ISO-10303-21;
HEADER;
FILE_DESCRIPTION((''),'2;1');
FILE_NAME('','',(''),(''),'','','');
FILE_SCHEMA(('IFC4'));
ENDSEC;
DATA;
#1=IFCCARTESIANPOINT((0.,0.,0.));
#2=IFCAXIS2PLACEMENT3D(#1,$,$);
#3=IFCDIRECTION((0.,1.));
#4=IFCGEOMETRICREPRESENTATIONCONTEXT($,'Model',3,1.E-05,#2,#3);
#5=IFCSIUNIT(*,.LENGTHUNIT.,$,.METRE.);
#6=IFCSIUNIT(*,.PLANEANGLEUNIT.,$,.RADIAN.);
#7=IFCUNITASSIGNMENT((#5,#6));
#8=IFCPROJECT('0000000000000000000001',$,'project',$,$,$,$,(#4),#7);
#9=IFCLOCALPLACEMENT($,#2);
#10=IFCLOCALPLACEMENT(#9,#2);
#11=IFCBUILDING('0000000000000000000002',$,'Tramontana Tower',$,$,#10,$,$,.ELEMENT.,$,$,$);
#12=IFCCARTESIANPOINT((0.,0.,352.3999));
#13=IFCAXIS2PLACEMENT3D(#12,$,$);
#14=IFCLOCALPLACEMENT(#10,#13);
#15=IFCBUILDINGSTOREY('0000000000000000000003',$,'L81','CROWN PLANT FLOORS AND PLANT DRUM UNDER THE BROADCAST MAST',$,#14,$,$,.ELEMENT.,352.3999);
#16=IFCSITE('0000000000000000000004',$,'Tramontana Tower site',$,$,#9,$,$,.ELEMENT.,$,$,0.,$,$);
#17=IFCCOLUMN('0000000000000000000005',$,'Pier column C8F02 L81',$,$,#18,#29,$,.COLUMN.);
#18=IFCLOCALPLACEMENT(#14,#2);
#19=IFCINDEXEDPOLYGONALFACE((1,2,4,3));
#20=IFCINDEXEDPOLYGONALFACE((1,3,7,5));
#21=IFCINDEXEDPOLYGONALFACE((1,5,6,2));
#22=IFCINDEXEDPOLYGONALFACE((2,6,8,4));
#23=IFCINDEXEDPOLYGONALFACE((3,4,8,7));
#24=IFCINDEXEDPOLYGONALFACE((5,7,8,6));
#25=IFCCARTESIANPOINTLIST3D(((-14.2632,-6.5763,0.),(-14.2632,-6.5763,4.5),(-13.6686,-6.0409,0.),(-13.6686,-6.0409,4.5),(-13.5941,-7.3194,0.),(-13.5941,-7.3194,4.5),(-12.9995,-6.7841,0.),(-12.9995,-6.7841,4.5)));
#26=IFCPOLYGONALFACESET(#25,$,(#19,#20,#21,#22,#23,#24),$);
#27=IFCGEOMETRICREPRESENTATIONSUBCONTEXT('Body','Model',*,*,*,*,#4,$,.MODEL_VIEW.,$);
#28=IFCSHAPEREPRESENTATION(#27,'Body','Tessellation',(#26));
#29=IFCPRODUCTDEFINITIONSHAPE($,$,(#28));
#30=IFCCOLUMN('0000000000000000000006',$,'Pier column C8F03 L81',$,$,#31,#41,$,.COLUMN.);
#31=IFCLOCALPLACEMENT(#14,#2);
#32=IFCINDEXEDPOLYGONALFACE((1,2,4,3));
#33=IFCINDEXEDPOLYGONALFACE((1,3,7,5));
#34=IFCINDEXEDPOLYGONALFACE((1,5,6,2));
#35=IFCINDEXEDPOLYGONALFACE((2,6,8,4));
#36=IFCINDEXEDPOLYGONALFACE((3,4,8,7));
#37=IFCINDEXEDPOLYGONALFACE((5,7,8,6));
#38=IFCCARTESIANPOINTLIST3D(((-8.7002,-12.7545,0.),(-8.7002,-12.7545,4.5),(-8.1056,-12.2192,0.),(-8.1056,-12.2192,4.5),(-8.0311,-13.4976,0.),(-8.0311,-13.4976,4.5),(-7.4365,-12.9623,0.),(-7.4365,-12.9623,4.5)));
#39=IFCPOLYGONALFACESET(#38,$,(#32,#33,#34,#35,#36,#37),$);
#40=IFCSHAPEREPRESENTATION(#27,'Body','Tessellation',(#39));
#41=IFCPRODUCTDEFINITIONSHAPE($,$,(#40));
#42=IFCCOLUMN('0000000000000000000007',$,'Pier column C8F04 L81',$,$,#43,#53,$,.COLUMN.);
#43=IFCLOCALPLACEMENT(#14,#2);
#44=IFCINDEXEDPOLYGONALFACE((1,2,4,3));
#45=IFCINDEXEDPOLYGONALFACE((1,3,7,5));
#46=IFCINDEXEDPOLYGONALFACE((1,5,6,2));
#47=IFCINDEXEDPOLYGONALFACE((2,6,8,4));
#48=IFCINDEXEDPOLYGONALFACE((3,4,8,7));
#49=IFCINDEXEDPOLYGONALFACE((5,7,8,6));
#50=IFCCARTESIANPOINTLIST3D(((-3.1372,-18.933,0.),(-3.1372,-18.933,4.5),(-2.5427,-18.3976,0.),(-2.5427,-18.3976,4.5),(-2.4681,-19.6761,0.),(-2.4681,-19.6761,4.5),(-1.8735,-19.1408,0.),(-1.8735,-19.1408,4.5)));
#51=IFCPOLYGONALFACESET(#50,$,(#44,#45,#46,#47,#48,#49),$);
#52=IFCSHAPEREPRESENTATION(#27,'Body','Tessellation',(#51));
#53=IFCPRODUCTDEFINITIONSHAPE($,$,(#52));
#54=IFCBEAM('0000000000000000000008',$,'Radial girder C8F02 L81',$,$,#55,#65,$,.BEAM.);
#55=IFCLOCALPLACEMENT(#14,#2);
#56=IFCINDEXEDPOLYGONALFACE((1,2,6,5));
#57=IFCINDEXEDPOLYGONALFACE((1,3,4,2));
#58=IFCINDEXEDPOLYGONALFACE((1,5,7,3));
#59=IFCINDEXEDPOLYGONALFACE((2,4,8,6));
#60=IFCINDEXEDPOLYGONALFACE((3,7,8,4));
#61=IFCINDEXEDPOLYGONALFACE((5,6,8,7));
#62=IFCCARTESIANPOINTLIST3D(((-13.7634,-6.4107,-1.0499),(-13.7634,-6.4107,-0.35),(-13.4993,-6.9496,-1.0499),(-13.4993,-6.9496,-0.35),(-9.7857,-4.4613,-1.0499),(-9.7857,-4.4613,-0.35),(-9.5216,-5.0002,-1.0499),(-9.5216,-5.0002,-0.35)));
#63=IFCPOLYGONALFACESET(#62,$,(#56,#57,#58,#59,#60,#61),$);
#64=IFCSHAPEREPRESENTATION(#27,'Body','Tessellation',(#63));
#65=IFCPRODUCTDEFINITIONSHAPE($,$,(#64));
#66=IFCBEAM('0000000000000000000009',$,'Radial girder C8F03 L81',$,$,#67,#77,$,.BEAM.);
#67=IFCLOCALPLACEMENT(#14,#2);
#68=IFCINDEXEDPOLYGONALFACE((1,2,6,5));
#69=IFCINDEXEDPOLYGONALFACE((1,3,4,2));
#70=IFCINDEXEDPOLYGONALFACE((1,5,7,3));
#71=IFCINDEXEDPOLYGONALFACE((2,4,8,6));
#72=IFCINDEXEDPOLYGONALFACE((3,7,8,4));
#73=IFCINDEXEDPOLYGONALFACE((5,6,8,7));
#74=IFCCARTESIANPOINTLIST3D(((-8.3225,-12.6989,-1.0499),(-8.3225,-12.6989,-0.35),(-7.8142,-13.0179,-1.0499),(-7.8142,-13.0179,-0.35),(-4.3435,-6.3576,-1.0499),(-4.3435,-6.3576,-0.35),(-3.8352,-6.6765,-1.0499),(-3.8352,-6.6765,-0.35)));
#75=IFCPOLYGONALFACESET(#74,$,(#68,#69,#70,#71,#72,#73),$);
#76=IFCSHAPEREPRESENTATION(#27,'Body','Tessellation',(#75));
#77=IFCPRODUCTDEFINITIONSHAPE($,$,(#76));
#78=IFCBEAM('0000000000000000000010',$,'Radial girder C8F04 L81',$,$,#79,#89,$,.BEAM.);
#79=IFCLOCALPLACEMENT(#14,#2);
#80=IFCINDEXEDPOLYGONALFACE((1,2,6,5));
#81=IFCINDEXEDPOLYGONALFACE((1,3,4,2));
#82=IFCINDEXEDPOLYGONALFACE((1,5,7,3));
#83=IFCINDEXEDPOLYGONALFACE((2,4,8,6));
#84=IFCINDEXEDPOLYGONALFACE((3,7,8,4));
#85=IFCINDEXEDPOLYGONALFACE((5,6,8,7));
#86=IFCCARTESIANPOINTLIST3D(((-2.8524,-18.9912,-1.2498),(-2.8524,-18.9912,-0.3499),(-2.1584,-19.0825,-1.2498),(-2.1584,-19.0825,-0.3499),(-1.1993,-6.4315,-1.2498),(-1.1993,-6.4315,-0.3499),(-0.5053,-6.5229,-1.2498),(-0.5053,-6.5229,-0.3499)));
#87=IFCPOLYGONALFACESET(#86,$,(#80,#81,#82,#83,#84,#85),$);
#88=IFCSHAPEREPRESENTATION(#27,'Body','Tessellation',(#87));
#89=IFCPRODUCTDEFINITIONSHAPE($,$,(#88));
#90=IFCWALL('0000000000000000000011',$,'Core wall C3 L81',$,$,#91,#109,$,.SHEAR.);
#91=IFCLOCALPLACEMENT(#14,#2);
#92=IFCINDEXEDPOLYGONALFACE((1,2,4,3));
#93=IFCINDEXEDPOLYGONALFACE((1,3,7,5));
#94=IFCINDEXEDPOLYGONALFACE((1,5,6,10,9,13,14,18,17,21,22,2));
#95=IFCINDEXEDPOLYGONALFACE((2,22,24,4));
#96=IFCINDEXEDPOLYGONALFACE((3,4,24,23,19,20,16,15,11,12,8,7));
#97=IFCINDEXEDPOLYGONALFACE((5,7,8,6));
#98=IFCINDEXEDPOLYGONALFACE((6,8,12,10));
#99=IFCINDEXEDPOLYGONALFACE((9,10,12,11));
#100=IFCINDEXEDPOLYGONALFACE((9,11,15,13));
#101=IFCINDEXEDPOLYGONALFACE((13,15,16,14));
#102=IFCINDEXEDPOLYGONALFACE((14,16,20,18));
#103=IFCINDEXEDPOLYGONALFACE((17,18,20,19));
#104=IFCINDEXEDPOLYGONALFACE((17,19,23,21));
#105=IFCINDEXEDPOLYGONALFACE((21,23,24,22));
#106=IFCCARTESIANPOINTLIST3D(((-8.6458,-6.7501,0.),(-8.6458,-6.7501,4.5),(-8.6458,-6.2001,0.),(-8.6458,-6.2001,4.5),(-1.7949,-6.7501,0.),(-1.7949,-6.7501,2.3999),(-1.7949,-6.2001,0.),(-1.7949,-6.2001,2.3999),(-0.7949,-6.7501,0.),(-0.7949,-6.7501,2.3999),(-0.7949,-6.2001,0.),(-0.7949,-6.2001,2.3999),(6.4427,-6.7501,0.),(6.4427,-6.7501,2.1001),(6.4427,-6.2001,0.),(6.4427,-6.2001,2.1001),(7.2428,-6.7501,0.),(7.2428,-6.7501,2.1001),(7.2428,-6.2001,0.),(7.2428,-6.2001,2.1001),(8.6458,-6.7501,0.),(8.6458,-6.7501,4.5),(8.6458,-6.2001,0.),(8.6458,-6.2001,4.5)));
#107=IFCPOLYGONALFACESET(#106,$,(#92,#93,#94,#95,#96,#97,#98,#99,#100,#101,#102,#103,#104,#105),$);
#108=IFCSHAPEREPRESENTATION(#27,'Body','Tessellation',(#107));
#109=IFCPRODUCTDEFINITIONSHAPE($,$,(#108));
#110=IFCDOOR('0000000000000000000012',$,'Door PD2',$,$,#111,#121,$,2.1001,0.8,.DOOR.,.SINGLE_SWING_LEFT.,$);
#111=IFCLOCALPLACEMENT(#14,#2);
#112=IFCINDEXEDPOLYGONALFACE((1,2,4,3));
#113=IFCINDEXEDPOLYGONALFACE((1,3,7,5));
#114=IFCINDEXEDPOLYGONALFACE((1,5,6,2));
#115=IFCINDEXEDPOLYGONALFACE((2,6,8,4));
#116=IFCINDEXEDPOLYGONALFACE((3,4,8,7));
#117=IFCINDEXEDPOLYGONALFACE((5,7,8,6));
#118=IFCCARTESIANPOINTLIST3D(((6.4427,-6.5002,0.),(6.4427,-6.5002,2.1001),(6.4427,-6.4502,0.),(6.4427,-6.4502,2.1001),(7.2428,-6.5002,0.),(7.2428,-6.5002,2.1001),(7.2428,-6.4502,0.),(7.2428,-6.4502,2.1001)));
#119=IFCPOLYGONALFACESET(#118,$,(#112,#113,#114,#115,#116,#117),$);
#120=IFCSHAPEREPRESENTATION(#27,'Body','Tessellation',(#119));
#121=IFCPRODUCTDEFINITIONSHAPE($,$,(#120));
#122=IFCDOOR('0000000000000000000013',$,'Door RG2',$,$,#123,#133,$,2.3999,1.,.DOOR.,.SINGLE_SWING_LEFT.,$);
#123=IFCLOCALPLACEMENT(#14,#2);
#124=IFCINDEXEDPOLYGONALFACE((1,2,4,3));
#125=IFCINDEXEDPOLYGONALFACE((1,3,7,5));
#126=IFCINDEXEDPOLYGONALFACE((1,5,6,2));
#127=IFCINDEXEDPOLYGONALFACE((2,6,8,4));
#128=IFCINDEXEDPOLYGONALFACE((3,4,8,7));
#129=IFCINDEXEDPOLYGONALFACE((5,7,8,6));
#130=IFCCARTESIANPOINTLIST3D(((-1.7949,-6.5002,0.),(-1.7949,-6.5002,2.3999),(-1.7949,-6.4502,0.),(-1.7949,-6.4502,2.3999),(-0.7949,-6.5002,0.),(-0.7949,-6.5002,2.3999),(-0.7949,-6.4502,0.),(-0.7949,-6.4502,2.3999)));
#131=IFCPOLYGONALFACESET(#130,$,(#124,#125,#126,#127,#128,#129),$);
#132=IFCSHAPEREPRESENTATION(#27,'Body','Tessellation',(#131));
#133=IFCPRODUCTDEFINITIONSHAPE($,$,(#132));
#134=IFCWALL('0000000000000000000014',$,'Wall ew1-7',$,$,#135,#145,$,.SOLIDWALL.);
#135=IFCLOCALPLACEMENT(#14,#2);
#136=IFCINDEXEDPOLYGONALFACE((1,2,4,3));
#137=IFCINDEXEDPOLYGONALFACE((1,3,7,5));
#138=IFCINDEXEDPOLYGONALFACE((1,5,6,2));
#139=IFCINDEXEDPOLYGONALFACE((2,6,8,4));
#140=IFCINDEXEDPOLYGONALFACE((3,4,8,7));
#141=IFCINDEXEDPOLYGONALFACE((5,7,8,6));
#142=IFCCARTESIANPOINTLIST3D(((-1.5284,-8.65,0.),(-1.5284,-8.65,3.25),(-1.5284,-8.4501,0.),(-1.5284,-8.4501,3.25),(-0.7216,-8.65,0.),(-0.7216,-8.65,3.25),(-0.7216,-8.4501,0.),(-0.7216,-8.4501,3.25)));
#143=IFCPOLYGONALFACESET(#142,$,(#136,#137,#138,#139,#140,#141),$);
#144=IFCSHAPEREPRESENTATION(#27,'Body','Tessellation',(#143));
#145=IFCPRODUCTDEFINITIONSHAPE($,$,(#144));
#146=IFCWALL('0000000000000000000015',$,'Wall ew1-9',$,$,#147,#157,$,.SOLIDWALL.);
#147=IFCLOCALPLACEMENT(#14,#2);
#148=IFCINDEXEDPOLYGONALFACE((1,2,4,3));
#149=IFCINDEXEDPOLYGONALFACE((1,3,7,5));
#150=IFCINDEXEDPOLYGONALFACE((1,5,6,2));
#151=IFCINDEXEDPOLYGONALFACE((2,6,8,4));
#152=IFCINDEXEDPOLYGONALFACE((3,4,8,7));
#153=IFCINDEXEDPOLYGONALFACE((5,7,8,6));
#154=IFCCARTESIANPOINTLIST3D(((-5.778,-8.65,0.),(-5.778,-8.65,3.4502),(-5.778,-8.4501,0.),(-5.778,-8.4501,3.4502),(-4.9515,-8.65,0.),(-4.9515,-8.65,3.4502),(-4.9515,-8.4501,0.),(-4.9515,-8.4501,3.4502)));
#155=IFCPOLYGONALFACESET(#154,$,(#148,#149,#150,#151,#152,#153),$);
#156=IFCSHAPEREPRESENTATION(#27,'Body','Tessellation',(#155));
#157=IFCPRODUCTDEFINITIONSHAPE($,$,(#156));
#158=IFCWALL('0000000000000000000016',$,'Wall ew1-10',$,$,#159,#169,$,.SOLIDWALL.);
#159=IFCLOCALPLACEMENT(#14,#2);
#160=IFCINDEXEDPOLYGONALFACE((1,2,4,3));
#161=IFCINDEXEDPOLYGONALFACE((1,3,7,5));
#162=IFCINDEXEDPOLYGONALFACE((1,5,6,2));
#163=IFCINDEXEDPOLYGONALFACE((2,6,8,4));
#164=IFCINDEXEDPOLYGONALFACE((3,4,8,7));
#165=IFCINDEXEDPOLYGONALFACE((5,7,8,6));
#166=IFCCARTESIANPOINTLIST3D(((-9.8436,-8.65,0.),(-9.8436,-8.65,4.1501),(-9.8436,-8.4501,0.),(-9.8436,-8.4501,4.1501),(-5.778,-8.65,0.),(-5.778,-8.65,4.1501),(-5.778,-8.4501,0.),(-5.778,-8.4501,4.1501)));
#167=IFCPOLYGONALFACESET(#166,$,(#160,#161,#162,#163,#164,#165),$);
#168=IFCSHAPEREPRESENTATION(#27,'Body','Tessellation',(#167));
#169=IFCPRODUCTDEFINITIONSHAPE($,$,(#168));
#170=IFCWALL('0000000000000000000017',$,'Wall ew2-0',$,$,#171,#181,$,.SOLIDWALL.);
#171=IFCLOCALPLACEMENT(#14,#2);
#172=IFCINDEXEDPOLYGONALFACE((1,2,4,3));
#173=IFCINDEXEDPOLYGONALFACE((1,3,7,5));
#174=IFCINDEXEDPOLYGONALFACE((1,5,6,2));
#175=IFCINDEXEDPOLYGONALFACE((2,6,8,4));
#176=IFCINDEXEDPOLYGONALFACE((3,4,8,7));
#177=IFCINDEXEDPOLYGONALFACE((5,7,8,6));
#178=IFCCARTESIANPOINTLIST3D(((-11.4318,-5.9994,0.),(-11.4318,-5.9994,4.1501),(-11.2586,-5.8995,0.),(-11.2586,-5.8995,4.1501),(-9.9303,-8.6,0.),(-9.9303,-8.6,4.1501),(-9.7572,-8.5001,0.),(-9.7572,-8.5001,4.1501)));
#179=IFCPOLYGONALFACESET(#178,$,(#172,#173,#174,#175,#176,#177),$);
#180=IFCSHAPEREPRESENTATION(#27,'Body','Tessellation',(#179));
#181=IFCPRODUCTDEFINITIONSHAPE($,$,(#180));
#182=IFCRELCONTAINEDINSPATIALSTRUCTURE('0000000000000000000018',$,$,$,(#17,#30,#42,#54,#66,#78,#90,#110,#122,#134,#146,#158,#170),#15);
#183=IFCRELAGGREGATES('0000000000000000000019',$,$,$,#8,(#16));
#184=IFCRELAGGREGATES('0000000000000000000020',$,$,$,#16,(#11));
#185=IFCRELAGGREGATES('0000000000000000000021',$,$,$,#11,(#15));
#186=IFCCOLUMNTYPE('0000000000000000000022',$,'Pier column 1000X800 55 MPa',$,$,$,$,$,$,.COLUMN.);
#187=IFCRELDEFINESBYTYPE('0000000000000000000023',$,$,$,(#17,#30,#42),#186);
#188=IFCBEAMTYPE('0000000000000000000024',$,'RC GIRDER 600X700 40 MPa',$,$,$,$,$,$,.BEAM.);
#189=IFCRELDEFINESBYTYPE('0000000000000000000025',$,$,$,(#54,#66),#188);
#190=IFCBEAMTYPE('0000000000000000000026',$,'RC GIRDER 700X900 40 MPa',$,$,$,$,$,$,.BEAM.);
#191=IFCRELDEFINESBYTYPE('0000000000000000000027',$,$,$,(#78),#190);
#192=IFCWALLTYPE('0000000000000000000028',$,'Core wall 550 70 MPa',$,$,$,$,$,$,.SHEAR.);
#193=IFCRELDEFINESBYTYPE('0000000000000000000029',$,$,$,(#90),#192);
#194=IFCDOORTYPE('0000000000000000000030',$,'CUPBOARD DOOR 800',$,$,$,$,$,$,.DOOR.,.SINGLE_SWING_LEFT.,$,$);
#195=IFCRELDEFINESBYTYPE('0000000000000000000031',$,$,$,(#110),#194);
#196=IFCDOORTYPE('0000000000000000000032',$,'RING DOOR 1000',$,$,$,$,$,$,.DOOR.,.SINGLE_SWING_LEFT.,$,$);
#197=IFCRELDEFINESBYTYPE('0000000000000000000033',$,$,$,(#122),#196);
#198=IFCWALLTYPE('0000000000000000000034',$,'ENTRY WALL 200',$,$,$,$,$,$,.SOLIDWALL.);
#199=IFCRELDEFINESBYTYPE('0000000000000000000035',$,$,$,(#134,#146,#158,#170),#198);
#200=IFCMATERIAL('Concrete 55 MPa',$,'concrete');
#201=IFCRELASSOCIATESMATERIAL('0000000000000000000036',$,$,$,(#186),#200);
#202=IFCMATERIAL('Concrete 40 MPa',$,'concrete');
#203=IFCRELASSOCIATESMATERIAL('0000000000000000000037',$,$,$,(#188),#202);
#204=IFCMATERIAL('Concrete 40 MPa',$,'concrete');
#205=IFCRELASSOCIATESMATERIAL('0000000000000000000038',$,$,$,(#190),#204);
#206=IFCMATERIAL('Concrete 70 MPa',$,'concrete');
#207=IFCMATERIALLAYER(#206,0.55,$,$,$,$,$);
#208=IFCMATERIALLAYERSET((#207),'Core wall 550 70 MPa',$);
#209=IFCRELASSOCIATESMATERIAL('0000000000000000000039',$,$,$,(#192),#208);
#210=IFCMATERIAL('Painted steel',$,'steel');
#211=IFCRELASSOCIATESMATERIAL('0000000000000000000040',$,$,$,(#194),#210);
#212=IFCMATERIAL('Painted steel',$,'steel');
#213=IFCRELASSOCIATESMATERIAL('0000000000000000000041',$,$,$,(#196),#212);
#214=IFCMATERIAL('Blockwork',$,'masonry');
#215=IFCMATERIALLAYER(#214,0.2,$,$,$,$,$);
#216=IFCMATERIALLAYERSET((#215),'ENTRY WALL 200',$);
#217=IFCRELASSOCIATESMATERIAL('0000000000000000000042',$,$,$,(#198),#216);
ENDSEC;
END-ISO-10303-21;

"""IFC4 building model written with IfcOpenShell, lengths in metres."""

from ifc_helpers import new_model, si_unit, direction, frame, frame_2d, origin, origin_2d, place, context, subcontext, project, spatial, rectangle, extrude, material, layer, layer_set, material_profile, profile_set, type_object, element, fill, save


model = new_model("IFC4")

# Units and contexts
model_context = context("Model", 3, precision=1e-05, world=origin(), true_north=direction((0.0, 1.0)))
body_context = subcontext(model_context, "Body", "Model", "MODEL_VIEW")
ifc_project = project(units=[si_unit("LENGTHUNIT", "METRE"), si_unit("PLANEANGLEUNIT", "RADIAN")], contexts=[model_context])

# Site, building, storey
site_placement = place(None, origin())
site = spatial("IfcSite", under=ifc_project, at=site_placement, Name="Tramontana Tower site", CompositionType="ELEMENT", RefElevation=0.0)
building_placement = place(site_placement, origin())
building = spatial("IfcBuilding", under=site, at=building_placement, Name="Tramontana Tower", CompositionType="ELEMENT")
storey_placement = place(building_placement, frame((0.0, 0.0, 352.3999)))
storey = spatial("IfcBuildingStorey", under=building, at=storey_placement, Name="L81", Description="CROWN PLANT FLOORS AND PLANT DRUM UNDER THE BROADCAST MAST", CompositionType="ELEMENT", Elevation=352.3999)

# Columns
ifc_material_1 = material(Name="Concrete 55 MPa", Category="concrete")
ifc_material_profile_1 = material_profile(ifc_material_1, rectangle(XDim=1.0, YDim=0.8, at=origin_2d()), Name="Pier column 1000X800 55 MPa")
ifc_profile_set_1 = profile_set([ifc_material_profile_1], Name="Concrete 55 MPa")
column_type = type_object("IfcColumnType", Name="Pier column 1000X800 55 MPa", PredefinedType="COLUMN", material=ifc_profile_set_1)
for number, where, z_axis, x_axis, name in (
    (1, (-13.6313, -6.6802, 0.0), (0.0, 0.0, 1.0), (0.669131, -0.743145, 0.0), "Pier column C8F02 L81"),
    (2, (-8.0684, -12.8584, 0.0), (0.0, 0.0, 1.0), (0.669131, -0.743145, 0.0), "Pier column C8F03 L81"),
    (3, (-2.5054, -19.0369, 0.0), (0.0, 0.0, 1.0), (0.669131, -0.743145, 0.0), "Pier column C8F04 L81"),
):
    element("IfcColumn", number, at=place(storey_placement, frame(where, z_axis=z_axis, x_axis=x_axis)), inside=storey, type_object=column_type, Name=name, PredefinedType="COLUMN", context=body_context, shape_type="SweptSolid", body=[
        extrude(rectangle(XDim=1.0, YDim=0.8, at=origin_2d()), origin(), (0.0, 0.0, 1.0), 4.5),
    ])

# Beams
ifc_material_2 = material(Name="Concrete 40 MPa", Category="concrete")
ifc_material_profile_2 = material_profile(ifc_material_2, rectangle(XDim=0.6001, YDim=0.7, at=origin_2d()), Name="RC GIRDER 600X700 40 MPa")
ifc_profile_set_2 = profile_set([ifc_material_profile_2], Name="Concrete 40 MPa")
beam_type_1 = type_object("IfcBeamType", Name="RC GIRDER 600X700 40 MPa", PredefinedType="BEAM", material=ifc_profile_set_2)
beam_1_placement = place(storey_placement, frame((-13.6313, -6.6802, -0.7), z_axis=(0.897959, 0.440079, 0.0), x_axis=(-0.440079, 0.897959, 0.0)))
element("IfcBeam", 4, at=beam_1_placement, inside=storey, type_object=beam_type_1, Name="Radial girder C8F02 L81", PredefinedType="BEAM", context=body_context, shape_type="SweptSolid", body=[
    extrude(rectangle(XDim=0.6001, YDim=0.7, at=origin_2d()), origin(), (0.0, 0.0, 1.0), 4.4297),
])
beam_2_placement = place(storey_placement, frame((-8.0684, -12.8584, -0.7), z_axis=(0.531505, 0.847055, 0.0), x_axis=(-0.847055, 0.531505, 0.0)))
element("IfcBeam", 5, at=beam_2_placement, inside=storey, type_object=beam_type_1, Name="Radial girder C8F03 L81", PredefinedType="BEAM", context=body_context, shape_type="SweptSolid", body=[
    extrude(rectangle(XDim=0.6001, YDim=0.7, at=origin_2d()), origin(), (0.0, 0.0, 1.0), 7.4863),
])
ifc_material_3 = material(Name="Concrete 40 MPa", Category="concrete")
ifc_material_profile_3 = material_profile(ifc_material_3, rectangle(XDim=0.7, YDim=0.8999, at=origin_2d()), Name="RC GIRDER 700X900 40 MPa")
ifc_profile_set_3 = profile_set([ifc_material_profile_3], Name="Concrete 40 MPa")
beam_type_2 = type_object("IfcBeamType", Name="RC GIRDER 700X900 40 MPa", PredefinedType="BEAM", material=ifc_profile_set_3)
beam_3_placement = place(storey_placement, frame((-2.5054, -19.0369, -0.7998), z_axis=(0.130493, 0.991449, 0.0), x_axis=(-0.991449, 0.130493, 0.0)))
element("IfcBeam", 6, at=beam_3_placement, inside=storey, type_object=beam_type_2, Name="Radial girder C8F04 L81", PredefinedType="BEAM", context=body_context, shape_type="SweptSolid", body=[
    extrude(rectangle(XDim=0.7, YDim=0.8999, at=origin_2d()), origin(), (0.0, 0.0, 1.0), 12.668),
])

# Wall, openings, doors
ifc_material_4 = material(Name="Concrete 70 MPa", Category="concrete")
ifc_layer_1 = layer(ifc_material_4, 0.55)
ifc_layer_set_1 = layer_set([ifc_layer_1], Name="Core wall 550 70 MPa")
wall_type_1 = type_object("IfcWallType", Name="Core wall 550 70 MPa", PredefinedType="SHEAR", material=ifc_layer_set_1)
wall_1_placement = place(storey_placement, frame((-8.6458, -6.4751, 0.0), z_axis=(0.0, 0.0, 1.0), x_axis=(1.0, 0.0, 0.0)))
wall_1 = element("IfcWall", 7, at=wall_1_placement, inside=storey, type_object=wall_type_1, Name="Core wall C3 L81", PredefinedType="SHEAR", context=body_context, shape_type="SweptSolid", body=[
    extrude(rectangle(XDim=17.2915, YDim=0.55, at=frame_2d((8.6458, 0.0))), origin(), (0.0, 0.0, 1.0), 4.5),
])
opening_1_placement = place(wall_1_placement, frame((6.8508, 0.0, 0.0)))
opening_1 = element("IfcOpeningElement", 8, at=opening_1_placement, cuts=wall_1, PredefinedType="OPENING", context=body_context, shape_type="SweptSolid", body=[
    extrude(rectangle(XDim=1.0, YDim=2.3999, at=frame_2d((0.5, 1.2))), frame((0.0, 0.2849, 0.0), z_axis=(0.0, -1.0, 0.0), x_axis=(1.0, 0.0, 0.0)), (0.0, 0.0, 1.0), 0.5701),
])
opening_2_placement = place(wall_1_placement, frame((15.0886, 0.0, 0.0)))
opening_2 = element("IfcOpeningElement", 9, at=opening_2_placement, cuts=wall_1, PredefinedType="OPENING", context=body_context, shape_type="SweptSolid", body=[
    extrude(rectangle(XDim=0.8, YDim=2.1001, at=frame_2d((0.3999, 1.05))), frame((0.0, 0.2849, 0.0), z_axis=(0.0, -1.0, 0.0), x_axis=(1.0, 0.0, 0.0)), (0.0, 0.0, 1.0), 0.5701),
])
ifc_material_5 = material(Name="Painted steel", Category="steel")
door_type_1 = type_object("IfcDoorType", Name="CUPBOARD DOOR 800", OperationType="SINGLE_SWING_LEFT", PredefinedType="DOOR", material=ifc_material_5)
door_1_placement = place(opening_2_placement, origin())
door_1 = element("IfcDoor", 10, at=door_1_placement, inside=storey, type_object=door_type_1, Name="Door PD2", OperationType="SINGLE_SWING_LEFT", OverallHeight=2.1001, OverallWidth=0.8, PredefinedType="DOOR", context=body_context, shape_type="SweptSolid", body=[
    extrude(rectangle(XDim=0.8, YDim=2.1001, at=frame_2d((0.3999, 1.05))), frame((0.0, 0.0249, 0.0), z_axis=(0.0, -1.0, 0.0), x_axis=(1.0, 0.0, 0.0)), (0.0, 0.0, 1.0), 0.05),
])
fill(opening_2, door_1)
ifc_material_6 = material(Name="Painted steel", Category="steel")
door_type_2 = type_object("IfcDoorType", Name="RING DOOR 1000", OperationType="SINGLE_SWING_LEFT", PredefinedType="DOOR", material=ifc_material_6)
door_2_placement = place(opening_1_placement, origin())
door_2 = element("IfcDoor", 11, at=door_2_placement, inside=storey, type_object=door_type_2, Name="Door RG2", OperationType="SINGLE_SWING_LEFT", OverallHeight=2.3999, OverallWidth=1.0, PredefinedType="DOOR", context=body_context, shape_type="SweptSolid", body=[
    extrude(rectangle(XDim=1.0, YDim=2.3999, at=frame_2d((0.5, 1.2))), frame((0.0, 0.0249, 0.0), z_axis=(0.0, -1.0, 0.0), x_axis=(1.0, 0.0, 0.0)), (0.0, 0.0, 1.0), 0.05),
])
fill(opening_1, door_2)

# Wall
ifc_material_7 = material(Name="Blockwork", Category="masonry")
ifc_layer_2 = layer(ifc_material_7, 0.2)
ifc_layer_set_2 = layer_set([ifc_layer_2], Name="ENTRY WALL 200")
wall_type_2 = type_object("IfcWallType", Name="ENTRY WALL 200", PredefinedType="SOLIDWALL", material=ifc_layer_set_2)
wall_2_placement = place(storey_placement, frame((-0.7217, -8.55, 0.0), z_axis=(0.0, 0.0, 1.0), x_axis=(-1.0, 0.0, 0.0)))
element("IfcWall", 12, at=wall_2_placement, inside=storey, type_object=wall_type_2, Name="Wall ew1-7", PredefinedType="SOLIDWALL", context=body_context, shape_type="SweptSolid", body=[
    extrude(rectangle(XDim=0.8069, YDim=0.2, at=frame_2d((0.4033, 0.0))), origin(), (0.0, 0.0, 1.0), 3.25),
])

# Walls
wall_3_placement = place(storey_placement, frame((-4.9517, -8.55, 0.0), z_axis=(0.0, 0.0, 1.0), x_axis=(-1.0, 0.0, 0.0)))
element("IfcWall", 13, at=wall_3_placement, inside=storey, type_object=wall_type_2, Name="Wall ew1-9", PredefinedType="SOLIDWALL", context=body_context, shape_type="SweptSolid", body=[
    extrude(rectangle(XDim=0.8264, YDim=0.2, at=frame_2d((0.4131, 0.0))), origin(), (0.0, 0.0, 1.0), 3.4502),
])
wall_4_placement = place(storey_placement, frame((-5.7781, -8.55, 0.0), z_axis=(0.0, 0.0, 1.0), x_axis=(-1.0, 0.0, 0.0)))
element("IfcWall", 14, at=wall_4_placement, inside=storey, type_object=wall_type_2, Name="Wall ew1-10", PredefinedType="SOLIDWALL", context=body_context, shape_type="SweptSolid", body=[
    extrude(rectangle(XDim=4.0657, YDim=0.2, at=frame_2d((2.0327, 0.0))), origin(), (0.0, 0.0, 1.0), 4.1501),
])
wall_5_placement = place(storey_placement, frame((-9.8438, -8.55, 0.0), z_axis=(0.0, 0.0, 1.0), x_axis=(-0.500004, 0.866023, 0.0)))
element("IfcWall", 15, at=wall_5_placement, inside=storey, type_object=wall_type_2, Name="Wall ew2-0", PredefinedType="SOLIDWALL", context=body_context, shape_type="SweptSolid", body=[
    extrude(rectangle(XDim=3.0029, YDim=0.2, at=frame_2d((1.5015, 0.0))), origin(), (0.0, 0.0, 1.0), 4.1501),
])

save(model, "model.ifc")
